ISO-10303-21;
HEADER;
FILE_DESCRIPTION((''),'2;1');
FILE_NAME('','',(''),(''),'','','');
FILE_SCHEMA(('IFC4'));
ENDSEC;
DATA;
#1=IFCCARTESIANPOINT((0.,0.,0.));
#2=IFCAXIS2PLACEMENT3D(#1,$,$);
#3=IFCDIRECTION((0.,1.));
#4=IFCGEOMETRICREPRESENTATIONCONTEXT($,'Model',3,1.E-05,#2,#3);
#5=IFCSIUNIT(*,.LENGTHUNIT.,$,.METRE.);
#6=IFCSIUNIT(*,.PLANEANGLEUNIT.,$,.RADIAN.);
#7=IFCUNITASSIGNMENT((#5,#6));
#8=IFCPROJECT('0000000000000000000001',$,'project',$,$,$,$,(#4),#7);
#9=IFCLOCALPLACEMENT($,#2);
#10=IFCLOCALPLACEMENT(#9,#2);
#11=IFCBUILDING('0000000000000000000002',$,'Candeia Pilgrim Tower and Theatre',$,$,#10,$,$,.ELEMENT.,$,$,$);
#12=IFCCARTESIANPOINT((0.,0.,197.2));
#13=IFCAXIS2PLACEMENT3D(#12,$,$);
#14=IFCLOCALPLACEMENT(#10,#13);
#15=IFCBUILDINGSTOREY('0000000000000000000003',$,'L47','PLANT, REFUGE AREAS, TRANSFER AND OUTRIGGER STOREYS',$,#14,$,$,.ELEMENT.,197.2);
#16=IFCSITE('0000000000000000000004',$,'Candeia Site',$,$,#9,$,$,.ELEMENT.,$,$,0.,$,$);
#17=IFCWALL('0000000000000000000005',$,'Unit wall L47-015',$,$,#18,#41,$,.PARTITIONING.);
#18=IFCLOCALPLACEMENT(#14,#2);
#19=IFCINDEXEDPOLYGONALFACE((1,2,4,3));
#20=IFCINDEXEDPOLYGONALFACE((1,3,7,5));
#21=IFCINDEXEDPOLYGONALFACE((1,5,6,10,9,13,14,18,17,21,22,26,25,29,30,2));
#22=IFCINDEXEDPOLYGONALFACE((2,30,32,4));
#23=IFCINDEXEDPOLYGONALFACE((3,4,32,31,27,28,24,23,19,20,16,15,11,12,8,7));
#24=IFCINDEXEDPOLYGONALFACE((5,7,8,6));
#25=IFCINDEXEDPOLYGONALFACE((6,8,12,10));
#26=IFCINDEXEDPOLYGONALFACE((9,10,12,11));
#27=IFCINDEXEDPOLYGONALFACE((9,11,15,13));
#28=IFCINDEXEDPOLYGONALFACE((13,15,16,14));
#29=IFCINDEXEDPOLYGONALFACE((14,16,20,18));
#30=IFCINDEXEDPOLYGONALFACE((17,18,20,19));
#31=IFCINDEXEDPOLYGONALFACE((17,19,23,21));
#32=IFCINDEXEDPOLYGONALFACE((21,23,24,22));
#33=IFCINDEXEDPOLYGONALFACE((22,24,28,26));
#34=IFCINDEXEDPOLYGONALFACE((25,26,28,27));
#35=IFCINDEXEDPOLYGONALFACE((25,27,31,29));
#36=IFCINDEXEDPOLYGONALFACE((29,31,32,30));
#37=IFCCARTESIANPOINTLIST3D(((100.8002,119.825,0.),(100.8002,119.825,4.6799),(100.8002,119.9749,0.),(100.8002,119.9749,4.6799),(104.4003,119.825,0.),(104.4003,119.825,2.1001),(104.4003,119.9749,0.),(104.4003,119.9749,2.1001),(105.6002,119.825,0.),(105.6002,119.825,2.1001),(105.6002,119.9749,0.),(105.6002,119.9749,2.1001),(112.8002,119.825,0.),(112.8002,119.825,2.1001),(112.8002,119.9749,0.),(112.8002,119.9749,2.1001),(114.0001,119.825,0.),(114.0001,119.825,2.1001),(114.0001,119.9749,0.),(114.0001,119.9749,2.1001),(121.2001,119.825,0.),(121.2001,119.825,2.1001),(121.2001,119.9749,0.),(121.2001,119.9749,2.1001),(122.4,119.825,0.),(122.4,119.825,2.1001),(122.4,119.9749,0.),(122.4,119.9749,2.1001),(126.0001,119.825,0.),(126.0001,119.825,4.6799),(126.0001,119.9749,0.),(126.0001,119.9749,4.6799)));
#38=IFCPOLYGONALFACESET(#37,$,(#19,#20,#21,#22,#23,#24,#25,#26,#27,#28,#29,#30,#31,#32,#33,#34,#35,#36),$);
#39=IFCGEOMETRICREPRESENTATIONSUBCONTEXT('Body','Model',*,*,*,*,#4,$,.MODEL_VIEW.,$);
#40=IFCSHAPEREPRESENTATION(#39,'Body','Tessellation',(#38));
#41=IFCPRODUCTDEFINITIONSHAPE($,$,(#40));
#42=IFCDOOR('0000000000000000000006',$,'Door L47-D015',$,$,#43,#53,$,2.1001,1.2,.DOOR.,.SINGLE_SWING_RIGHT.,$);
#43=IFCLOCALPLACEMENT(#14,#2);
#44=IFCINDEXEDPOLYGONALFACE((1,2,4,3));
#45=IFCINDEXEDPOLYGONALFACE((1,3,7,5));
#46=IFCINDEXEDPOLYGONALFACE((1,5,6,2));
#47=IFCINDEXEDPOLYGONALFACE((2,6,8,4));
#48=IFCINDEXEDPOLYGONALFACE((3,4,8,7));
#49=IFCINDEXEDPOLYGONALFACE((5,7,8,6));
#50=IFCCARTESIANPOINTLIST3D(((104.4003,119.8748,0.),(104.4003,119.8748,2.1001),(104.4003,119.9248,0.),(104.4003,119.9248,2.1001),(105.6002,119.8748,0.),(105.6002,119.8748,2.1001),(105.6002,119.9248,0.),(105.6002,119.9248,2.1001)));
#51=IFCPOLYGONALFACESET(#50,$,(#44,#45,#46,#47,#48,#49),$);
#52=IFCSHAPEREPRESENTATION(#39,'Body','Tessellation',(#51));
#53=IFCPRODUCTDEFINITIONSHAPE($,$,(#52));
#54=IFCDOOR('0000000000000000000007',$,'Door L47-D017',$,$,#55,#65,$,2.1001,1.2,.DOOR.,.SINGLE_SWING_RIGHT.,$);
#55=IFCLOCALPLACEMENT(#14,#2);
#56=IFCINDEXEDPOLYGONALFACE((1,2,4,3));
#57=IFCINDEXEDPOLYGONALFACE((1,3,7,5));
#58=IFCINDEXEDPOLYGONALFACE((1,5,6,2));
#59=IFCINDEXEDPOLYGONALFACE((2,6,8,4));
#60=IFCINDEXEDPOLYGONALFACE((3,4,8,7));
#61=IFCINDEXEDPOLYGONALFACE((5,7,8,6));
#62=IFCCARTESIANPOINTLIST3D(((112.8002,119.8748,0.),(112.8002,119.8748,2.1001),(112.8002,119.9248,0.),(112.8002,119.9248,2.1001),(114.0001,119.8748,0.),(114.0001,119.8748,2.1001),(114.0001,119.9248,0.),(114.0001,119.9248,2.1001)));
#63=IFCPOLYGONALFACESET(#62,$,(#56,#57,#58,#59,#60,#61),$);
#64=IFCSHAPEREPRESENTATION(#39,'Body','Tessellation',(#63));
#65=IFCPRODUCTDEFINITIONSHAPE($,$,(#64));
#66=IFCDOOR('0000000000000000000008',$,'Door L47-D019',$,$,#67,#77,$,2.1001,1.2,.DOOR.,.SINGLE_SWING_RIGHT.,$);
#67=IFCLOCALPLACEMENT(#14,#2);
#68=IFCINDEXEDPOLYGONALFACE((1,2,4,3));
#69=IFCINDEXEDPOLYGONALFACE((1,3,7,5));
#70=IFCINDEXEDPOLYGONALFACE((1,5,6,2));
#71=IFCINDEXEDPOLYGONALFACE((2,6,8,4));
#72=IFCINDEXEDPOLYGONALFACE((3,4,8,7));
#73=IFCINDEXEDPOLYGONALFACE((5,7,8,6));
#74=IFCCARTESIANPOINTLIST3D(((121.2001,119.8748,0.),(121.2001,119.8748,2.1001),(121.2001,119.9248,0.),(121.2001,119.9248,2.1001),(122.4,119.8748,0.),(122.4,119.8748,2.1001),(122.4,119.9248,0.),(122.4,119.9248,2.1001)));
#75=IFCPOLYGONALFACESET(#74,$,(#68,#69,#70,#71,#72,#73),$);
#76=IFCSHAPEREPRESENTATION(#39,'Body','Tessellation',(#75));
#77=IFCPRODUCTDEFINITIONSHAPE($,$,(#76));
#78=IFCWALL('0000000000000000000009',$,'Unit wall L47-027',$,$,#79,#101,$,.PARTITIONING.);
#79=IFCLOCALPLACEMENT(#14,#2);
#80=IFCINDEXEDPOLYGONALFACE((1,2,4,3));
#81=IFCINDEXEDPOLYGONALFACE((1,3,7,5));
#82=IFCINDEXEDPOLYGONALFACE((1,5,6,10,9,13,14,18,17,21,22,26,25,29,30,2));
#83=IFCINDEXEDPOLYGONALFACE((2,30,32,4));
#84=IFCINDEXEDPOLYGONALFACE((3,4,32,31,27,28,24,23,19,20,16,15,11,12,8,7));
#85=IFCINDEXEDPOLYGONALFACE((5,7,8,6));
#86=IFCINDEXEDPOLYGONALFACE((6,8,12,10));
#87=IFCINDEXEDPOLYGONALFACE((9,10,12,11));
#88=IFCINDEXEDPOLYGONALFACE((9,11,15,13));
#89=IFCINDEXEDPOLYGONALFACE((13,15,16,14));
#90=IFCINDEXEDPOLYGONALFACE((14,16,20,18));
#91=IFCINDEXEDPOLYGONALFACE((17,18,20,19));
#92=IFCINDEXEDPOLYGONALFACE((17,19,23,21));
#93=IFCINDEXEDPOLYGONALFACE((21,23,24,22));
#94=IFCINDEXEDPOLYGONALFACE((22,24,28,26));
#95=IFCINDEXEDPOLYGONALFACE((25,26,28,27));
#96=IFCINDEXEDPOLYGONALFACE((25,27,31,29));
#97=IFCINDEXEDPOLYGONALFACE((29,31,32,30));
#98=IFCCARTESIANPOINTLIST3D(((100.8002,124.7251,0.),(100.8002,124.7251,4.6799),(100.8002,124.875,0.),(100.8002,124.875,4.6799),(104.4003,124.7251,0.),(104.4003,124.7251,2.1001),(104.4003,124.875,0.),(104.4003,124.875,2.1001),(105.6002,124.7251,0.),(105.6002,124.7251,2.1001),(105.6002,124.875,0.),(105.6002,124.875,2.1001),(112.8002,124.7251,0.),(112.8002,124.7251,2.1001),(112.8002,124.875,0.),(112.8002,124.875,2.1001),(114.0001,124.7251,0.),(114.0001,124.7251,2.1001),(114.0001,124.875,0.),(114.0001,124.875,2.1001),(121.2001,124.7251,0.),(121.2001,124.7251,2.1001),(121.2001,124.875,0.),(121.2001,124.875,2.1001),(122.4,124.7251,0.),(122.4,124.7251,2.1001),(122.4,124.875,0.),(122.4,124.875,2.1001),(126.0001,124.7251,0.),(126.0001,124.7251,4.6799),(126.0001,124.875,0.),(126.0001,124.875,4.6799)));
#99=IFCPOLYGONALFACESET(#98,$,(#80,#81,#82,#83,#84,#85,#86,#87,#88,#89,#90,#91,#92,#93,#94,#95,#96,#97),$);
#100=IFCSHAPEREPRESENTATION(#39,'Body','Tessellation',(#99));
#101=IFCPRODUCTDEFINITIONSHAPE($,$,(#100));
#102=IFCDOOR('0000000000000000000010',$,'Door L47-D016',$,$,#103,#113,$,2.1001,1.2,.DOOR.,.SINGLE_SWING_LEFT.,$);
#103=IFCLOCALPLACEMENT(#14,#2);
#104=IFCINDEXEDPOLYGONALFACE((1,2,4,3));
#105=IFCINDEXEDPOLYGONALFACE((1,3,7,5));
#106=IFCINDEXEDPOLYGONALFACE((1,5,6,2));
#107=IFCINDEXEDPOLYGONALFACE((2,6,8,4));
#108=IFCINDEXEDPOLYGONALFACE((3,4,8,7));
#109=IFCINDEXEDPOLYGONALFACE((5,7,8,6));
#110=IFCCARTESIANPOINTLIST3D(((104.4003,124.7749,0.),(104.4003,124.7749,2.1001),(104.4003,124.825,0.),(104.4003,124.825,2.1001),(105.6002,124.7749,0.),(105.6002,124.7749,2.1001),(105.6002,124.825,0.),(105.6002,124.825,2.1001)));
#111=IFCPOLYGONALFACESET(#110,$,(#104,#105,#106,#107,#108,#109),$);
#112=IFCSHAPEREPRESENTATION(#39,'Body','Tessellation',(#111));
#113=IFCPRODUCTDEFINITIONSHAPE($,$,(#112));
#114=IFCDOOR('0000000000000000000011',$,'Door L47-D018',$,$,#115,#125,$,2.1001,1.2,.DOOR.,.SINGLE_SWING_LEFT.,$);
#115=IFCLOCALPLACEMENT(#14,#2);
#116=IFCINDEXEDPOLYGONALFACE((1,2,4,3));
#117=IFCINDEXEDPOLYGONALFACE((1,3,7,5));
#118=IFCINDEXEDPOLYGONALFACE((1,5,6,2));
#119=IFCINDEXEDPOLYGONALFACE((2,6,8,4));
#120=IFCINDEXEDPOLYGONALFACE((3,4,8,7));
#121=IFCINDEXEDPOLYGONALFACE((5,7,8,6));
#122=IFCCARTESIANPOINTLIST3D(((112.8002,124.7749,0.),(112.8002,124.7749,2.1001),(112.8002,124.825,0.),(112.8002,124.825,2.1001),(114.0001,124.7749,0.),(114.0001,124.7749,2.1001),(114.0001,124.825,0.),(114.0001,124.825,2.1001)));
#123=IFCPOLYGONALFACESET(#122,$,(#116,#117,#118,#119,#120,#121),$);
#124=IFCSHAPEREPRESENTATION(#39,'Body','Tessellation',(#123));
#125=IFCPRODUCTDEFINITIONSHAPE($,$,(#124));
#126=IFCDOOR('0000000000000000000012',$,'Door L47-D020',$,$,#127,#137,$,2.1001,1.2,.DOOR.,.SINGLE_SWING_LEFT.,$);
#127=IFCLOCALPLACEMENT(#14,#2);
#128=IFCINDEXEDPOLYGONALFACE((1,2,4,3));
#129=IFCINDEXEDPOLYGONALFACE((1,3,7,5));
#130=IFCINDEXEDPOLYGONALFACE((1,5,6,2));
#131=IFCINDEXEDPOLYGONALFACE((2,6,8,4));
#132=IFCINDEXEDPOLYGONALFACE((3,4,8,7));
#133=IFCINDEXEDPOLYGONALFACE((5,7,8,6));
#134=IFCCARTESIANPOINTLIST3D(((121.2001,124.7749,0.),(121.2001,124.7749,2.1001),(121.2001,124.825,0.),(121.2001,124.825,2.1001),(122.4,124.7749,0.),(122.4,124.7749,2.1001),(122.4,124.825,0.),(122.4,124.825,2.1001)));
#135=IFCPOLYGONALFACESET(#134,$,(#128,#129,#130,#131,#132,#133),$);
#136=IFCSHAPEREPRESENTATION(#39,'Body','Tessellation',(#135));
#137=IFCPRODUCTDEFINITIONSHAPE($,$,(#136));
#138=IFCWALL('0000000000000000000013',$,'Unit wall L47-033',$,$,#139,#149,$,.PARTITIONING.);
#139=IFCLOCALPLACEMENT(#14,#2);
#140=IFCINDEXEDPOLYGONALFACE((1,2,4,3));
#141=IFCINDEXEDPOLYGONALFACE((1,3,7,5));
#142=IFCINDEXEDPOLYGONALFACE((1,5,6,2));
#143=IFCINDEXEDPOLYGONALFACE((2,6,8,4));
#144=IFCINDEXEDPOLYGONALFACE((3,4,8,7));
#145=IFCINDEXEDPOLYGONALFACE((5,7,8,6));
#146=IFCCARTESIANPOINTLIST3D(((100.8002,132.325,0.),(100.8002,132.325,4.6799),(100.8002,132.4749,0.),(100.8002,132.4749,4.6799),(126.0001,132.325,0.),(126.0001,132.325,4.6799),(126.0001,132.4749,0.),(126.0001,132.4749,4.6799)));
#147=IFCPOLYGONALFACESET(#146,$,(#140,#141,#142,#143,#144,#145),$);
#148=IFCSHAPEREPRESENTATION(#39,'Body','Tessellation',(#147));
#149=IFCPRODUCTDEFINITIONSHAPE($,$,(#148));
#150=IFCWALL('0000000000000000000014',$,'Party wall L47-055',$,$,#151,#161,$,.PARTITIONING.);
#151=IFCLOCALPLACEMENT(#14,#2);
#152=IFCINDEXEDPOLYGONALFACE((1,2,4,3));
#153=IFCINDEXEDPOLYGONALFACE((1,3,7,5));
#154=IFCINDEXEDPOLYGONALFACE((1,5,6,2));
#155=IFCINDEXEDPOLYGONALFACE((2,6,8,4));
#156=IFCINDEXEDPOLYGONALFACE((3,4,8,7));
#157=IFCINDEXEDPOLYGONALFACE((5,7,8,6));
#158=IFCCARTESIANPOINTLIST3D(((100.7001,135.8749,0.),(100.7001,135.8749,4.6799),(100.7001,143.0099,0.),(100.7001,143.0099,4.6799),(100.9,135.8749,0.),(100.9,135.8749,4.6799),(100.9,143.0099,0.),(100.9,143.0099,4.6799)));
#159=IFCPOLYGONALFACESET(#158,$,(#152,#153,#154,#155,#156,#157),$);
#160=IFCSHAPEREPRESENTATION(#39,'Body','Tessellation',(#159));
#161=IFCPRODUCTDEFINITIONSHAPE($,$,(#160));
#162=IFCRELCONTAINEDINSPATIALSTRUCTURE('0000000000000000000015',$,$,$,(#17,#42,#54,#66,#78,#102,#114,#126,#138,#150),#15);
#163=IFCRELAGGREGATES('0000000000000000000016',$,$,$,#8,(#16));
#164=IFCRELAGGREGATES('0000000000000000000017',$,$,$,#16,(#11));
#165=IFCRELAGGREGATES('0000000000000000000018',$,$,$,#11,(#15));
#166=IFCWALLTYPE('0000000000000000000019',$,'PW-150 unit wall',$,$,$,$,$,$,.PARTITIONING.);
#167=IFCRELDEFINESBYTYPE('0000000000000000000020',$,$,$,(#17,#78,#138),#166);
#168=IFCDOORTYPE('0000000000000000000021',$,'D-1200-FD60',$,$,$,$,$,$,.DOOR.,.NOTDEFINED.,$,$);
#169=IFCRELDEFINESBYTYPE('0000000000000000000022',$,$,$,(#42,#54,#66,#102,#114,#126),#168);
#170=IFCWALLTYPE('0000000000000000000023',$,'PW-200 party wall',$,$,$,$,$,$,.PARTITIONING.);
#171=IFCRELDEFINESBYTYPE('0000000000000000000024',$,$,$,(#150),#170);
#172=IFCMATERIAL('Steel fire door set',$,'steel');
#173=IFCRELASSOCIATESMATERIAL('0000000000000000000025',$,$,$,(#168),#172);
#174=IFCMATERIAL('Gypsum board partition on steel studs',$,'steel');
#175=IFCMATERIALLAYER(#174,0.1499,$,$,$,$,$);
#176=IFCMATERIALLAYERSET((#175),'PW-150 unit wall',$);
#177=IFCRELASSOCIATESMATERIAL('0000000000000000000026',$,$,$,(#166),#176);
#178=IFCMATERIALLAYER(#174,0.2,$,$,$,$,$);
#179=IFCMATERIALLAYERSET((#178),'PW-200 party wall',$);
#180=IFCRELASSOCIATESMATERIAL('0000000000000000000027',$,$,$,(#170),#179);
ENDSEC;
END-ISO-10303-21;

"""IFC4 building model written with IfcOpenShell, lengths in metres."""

from ifc_helpers import new_model, si_unit, direction, frame, frame_2d, origin, place, context, subcontext, project, spatial, rectangle, extrude, material, layer, layer_set, type_object, element, fill, save


model = new_model("IFC4")

# Units and contexts
model_context = context("Model", 3, precision=1e-05, world=origin(), true_north=direction((0.0, 1.0)))
body_context = subcontext(model_context, "Body", "Model", "MODEL_VIEW")
ifc_project = project(units=[si_unit("LENGTHUNIT", "METRE"), si_unit("PLANEANGLEUNIT", "RADIAN")], contexts=[model_context])

# Site, building, storey
site_placement = place(None, origin())
site = spatial("IfcSite", under=ifc_project, at=site_placement, Name="Candeia Site", CompositionType="ELEMENT", RefElevation=0.0)
building_placement = place(site_placement, origin())
building = spatial("IfcBuilding", under=site, at=building_placement, Name="Candeia Pilgrim Tower and Theatre", CompositionType="ELEMENT")
storey_placement = place(building_placement, frame((0.0, 0.0, 197.2)))
storey = spatial("IfcBuildingStorey", under=building, at=storey_placement, Name="L47", Description="PLANT, REFUGE AREAS, TRANSFER AND OUTRIGGER STOREYS", CompositionType="ELEMENT", Elevation=197.2)

# Shared definitions
ifc_material_1 = material(Name="Steel fire door set", Category="steel")
door_type_1 = type_object("IfcDoorType", Name="D-1200-FD60", OperationType="NOTDEFINED", PredefinedType="DOOR", material=ifc_material_1)

# Walls, openings, doors
ifc_material_2 = material(Name="Gypsum board partition on steel studs", Category="steel")
ifc_layer_1 = layer(ifc_material_2, 0.1499)
ifc_layer_set_1 = layer_set([ifc_layer_1], Name="PW-150 unit wall")
wall_type_1 = type_object("IfcWallType", Name="PW-150 unit wall", PredefinedType="PARTITIONING", material=ifc_layer_set_1)
wall_1_placement = place(storey_placement, frame((100.8, 119.8999, 0.0), z_axis=(0.0, 0.0, 1.0), x_axis=(1.0, 0.0, 0.0)))
wall_1 = element("IfcWall", 1, at=wall_1_placement, inside=storey, type_object=wall_type_1, Name="Unit wall L47-015", PredefinedType="PARTITIONING", context=body_context, shape_type="SweptSolid", body=[
    extrude(rectangle(XDim=25.2, YDim=0.1499, at=frame_2d((12.6001, 0.0))), origin(), (0.0, 0.0, 1.0), 4.6799),
])
opening_1_placement = place(wall_1_placement, frame((3.6001, 0.0, 0.0)))
opening_1 = element("IfcOpeningElement", 2, at=opening_1_placement, cuts=wall_1, PredefinedType="OPENING", context=body_context, shape_type="SweptSolid", body=[
    extrude(rectangle(XDim=1.2, YDim=2.1001, at=frame_2d((0.6001, 1.05))), frame((0.0, 0.085, 0.0), z_axis=(0.0, -1.0, 0.0), x_axis=(1.0, 0.0, 0.0)), (0.0, 0.0, 1.0), 0.1699),
])
opening_2_placement = place(wall_1_placement, frame((12.0, 0.0, 0.0)))
opening_2 = element("IfcOpeningElement", 3, at=opening_2_placement, cuts=wall_1, PredefinedType="OPENING", context=body_context, shape_type="SweptSolid", body=[
    extrude(rectangle(XDim=1.2, YDim=2.1001, at=frame_2d((0.6001, 1.05))), frame((0.0, 0.085, 0.0), z_axis=(0.0, -1.0, 0.0), x_axis=(1.0, 0.0, 0.0)), (0.0, 0.0, 1.0), 0.1699),
])
opening_3_placement = place(wall_1_placement, frame((20.3999, 0.0, 0.0)))
opening_3 = element("IfcOpeningElement", 4, at=opening_3_placement, cuts=wall_1, PredefinedType="OPENING", context=body_context, shape_type="SweptSolid", body=[
    extrude(rectangle(XDim=1.2, YDim=2.1001, at=frame_2d((0.6001, 1.05))), frame((0.0, 0.085, 0.0), z_axis=(0.0, -1.0, 0.0), x_axis=(1.0, 0.0, 0.0)), (0.0, 0.0, 1.0), 0.1699),
])
door_1_placement = place(opening_1_placement, origin())
door_1 = element("IfcDoor", 5, at=door_1_placement, inside=storey, type_object=door_type_1, Name="Door L47-D015", OperationType="SINGLE_SWING_RIGHT", OverallHeight=2.1001, OverallWidth=1.2, PredefinedType="DOOR", context=body_context, shape_type="SweptSolid", body=[
    extrude(rectangle(XDim=1.2, YDim=2.1001, at=frame_2d((0.6001, 1.05))), frame((0.0, 0.0249, 0.0), z_axis=(0.0, -1.0, 0.0), x_axis=(1.0, 0.0, 0.0)), (0.0, 0.0, 1.0), 0.05),
])
fill(opening_1, door_1)
door_2_placement = place(opening_2_placement, origin())
door_2 = element("IfcDoor", 6, at=door_2_placement, inside=storey, type_object=door_type_1, Name="Door L47-D017", OperationType="SINGLE_SWING_RIGHT", OverallHeight=2.1001, OverallWidth=1.2, PredefinedType="DOOR", context=body_context, shape_type="SweptSolid", body=[
    extrude(rectangle(XDim=1.2, YDim=2.1001, at=frame_2d((0.6001, 1.05))), frame((0.0, 0.0249, 0.0), z_axis=(0.0, -1.0, 0.0), x_axis=(1.0, 0.0, 0.0)), (0.0, 0.0, 1.0), 0.05),
])
fill(opening_2, door_2)
door_3_placement = place(opening_3_placement, origin())
door_3 = element("IfcDoor", 7, at=door_3_placement, inside=storey, type_object=door_type_1, Name="Door L47-D019", OperationType="SINGLE_SWING_RIGHT", OverallHeight=2.1001, OverallWidth=1.2, PredefinedType="DOOR", context=body_context, shape_type="SweptSolid", body=[
    extrude(rectangle(XDim=1.2, YDim=2.1001, at=frame_2d((0.6001, 1.05))), frame((0.0, 0.0249, 0.0), z_axis=(0.0, -1.0, 0.0), x_axis=(1.0, 0.0, 0.0)), (0.0, 0.0, 1.0), 0.05),
])
fill(opening_3, door_3)
wall_2_placement = place(storey_placement, frame((100.8, 124.8, 0.0), z_axis=(0.0, 0.0, 1.0), x_axis=(1.0, 0.0, 0.0)))
wall_2 = element("IfcWall", 8, at=wall_2_placement, inside=storey, type_object=wall_type_1, Name="Unit wall L47-027", PredefinedType="PARTITIONING", context=body_context, shape_type="SweptSolid", body=[
    extrude(rectangle(XDim=25.2, YDim=0.1499, at=frame_2d((12.6001, 0.0))), origin(), (0.0, 0.0, 1.0), 4.6799),
])
opening_4_placement = place(wall_2_placement, frame((3.6001, 0.0, 0.0)))
opening_4 = element("IfcOpeningElement", 9, at=opening_4_placement, cuts=wall_2, PredefinedType="OPENING", context=body_context, shape_type="SweptSolid", body=[
    extrude(rectangle(XDim=1.2, YDim=2.1001, at=frame_2d((0.6001, 1.05))), frame((0.0, 0.085, 0.0), z_axis=(0.0, -1.0, 0.0), x_axis=(1.0, 0.0, 0.0)), (0.0, 0.0, 1.0), 0.1699),
])
opening_5_placement = place(wall_2_placement, frame((12.0, 0.0, 0.0)))
opening_5 = element("IfcOpeningElement", 10, at=opening_5_placement, cuts=wall_2, PredefinedType="OPENING", context=body_context, shape_type="SweptSolid", body=[
    extrude(rectangle(XDim=1.2, YDim=2.1001, at=frame_2d((0.6001, 1.05))), frame((0.0, 0.085, 0.0), z_axis=(0.0, -1.0, 0.0), x_axis=(1.0, 0.0, 0.0)), (0.0, 0.0, 1.0), 0.1699),
])
opening_6_placement = place(wall_2_placement, frame((20.3999, 0.0, 0.0)))
opening_6 = element("IfcOpeningElement", 11, at=opening_6_placement, cuts=wall_2, PredefinedType="OPENING", context=body_context, shape_type="SweptSolid", body=[
    extrude(rectangle(XDim=1.2, YDim=2.1001, at=frame_2d((0.6001, 1.05))), frame((0.0, 0.085, 0.0), z_axis=(0.0, -1.0, 0.0), x_axis=(1.0, 0.0, 0.0)), (0.0, 0.0, 1.0), 0.1699),
])
door_4_placement = place(opening_4_placement, origin())
door_4 = element("IfcDoor", 12, at=door_4_placement, inside=storey, type_object=door_type_1, Name="Door L47-D016", OperationType="SINGLE_SWING_LEFT", OverallHeight=2.1001, OverallWidth=1.2, PredefinedType="DOOR", context=body_context, shape_type="SweptSolid", body=[
    extrude(rectangle(XDim=1.2, YDim=2.1001, at=frame_2d((0.6001, 1.05))), frame((0.0, 0.0249, 0.0), z_axis=(0.0, -1.0, 0.0), x_axis=(1.0, 0.0, 0.0)), (0.0, 0.0, 1.0), 0.05),
])
fill(opening_4, door_4)
door_5_placement = place(opening_5_placement, origin())
door_5 = element("IfcDoor", 13, at=door_5_placement, inside=storey, type_object=door_type_1, Name="Door L47-D018", OperationType="SINGLE_SWING_LEFT", OverallHeight=2.1001, OverallWidth=1.2, PredefinedType="DOOR", context=body_context, shape_type="SweptSolid", body=[
    extrude(rectangle(XDim=1.2, YDim=2.1001, at=frame_2d((0.6001, 1.05))), frame((0.0, 0.0249, 0.0), z_axis=(0.0, -1.0, 0.0), x_axis=(1.0, 0.0, 0.0)), (0.0, 0.0, 1.0), 0.05),
])
fill(opening_5, door_5)
door_6_placement = place(opening_6_placement, origin())
door_6 = element("IfcDoor", 14, at=door_6_placement, inside=storey, type_object=door_type_1, Name="Door L47-D020", OperationType="SINGLE_SWING_LEFT", OverallHeight=2.1001, OverallWidth=1.2, PredefinedType="DOOR", context=body_context, shape_type="SweptSolid", body=[
    extrude(rectangle(XDim=1.2, YDim=2.1001, at=frame_2d((0.6001, 1.05))), frame((0.0, 0.0249, 0.0), z_axis=(0.0, -1.0, 0.0), x_axis=(1.0, 0.0, 0.0)), (0.0, 0.0, 1.0), 0.05),
])
fill(opening_6, door_6)

# Walls
wall_3_placement = place(storey_placement, frame((100.8, 132.3999, 0.0), z_axis=(0.0, 0.0, 1.0), x_axis=(1.0, 0.0, 0.0)))
element("IfcWall", 15, at=wall_3_placement, inside=storey, type_object=wall_type_1, Name="Unit wall L47-033", PredefinedType="PARTITIONING", context=body_context, shape_type="SweptSolid", body=[
    extrude(rectangle(XDim=25.2, YDim=0.1499, at=frame_2d((12.6001, 0.0))), origin(), (0.0, 0.0, 1.0), 4.6799),
])
ifc_layer_2 = layer(ifc_material_2, 0.2)
ifc_layer_set_2 = layer_set([ifc_layer_2], Name="PW-200 party wall")
wall_type_2 = type_object("IfcWallType", Name="PW-200 party wall", PredefinedType="PARTITIONING", material=ifc_layer_set_2)
wall_4_placement = place(storey_placement, frame((100.8, 135.875, 0.0), z_axis=(0.0, 0.0, 1.0), x_axis=(0.0, 1.0, 0.0)))
element("IfcWall", 16, at=wall_4_placement, inside=storey, type_object=wall_type_2, Name="Party wall L47-055", PredefinedType="PARTITIONING", context=body_context, shape_type="SweptSolid", body=[
    extrude(rectangle(XDim=7.135, YDim=0.2, at=frame_2d((3.5674, 0.0))), origin(), (0.0, 0.0, 1.0), 4.6799),
])

save(model, "model.ifc")
